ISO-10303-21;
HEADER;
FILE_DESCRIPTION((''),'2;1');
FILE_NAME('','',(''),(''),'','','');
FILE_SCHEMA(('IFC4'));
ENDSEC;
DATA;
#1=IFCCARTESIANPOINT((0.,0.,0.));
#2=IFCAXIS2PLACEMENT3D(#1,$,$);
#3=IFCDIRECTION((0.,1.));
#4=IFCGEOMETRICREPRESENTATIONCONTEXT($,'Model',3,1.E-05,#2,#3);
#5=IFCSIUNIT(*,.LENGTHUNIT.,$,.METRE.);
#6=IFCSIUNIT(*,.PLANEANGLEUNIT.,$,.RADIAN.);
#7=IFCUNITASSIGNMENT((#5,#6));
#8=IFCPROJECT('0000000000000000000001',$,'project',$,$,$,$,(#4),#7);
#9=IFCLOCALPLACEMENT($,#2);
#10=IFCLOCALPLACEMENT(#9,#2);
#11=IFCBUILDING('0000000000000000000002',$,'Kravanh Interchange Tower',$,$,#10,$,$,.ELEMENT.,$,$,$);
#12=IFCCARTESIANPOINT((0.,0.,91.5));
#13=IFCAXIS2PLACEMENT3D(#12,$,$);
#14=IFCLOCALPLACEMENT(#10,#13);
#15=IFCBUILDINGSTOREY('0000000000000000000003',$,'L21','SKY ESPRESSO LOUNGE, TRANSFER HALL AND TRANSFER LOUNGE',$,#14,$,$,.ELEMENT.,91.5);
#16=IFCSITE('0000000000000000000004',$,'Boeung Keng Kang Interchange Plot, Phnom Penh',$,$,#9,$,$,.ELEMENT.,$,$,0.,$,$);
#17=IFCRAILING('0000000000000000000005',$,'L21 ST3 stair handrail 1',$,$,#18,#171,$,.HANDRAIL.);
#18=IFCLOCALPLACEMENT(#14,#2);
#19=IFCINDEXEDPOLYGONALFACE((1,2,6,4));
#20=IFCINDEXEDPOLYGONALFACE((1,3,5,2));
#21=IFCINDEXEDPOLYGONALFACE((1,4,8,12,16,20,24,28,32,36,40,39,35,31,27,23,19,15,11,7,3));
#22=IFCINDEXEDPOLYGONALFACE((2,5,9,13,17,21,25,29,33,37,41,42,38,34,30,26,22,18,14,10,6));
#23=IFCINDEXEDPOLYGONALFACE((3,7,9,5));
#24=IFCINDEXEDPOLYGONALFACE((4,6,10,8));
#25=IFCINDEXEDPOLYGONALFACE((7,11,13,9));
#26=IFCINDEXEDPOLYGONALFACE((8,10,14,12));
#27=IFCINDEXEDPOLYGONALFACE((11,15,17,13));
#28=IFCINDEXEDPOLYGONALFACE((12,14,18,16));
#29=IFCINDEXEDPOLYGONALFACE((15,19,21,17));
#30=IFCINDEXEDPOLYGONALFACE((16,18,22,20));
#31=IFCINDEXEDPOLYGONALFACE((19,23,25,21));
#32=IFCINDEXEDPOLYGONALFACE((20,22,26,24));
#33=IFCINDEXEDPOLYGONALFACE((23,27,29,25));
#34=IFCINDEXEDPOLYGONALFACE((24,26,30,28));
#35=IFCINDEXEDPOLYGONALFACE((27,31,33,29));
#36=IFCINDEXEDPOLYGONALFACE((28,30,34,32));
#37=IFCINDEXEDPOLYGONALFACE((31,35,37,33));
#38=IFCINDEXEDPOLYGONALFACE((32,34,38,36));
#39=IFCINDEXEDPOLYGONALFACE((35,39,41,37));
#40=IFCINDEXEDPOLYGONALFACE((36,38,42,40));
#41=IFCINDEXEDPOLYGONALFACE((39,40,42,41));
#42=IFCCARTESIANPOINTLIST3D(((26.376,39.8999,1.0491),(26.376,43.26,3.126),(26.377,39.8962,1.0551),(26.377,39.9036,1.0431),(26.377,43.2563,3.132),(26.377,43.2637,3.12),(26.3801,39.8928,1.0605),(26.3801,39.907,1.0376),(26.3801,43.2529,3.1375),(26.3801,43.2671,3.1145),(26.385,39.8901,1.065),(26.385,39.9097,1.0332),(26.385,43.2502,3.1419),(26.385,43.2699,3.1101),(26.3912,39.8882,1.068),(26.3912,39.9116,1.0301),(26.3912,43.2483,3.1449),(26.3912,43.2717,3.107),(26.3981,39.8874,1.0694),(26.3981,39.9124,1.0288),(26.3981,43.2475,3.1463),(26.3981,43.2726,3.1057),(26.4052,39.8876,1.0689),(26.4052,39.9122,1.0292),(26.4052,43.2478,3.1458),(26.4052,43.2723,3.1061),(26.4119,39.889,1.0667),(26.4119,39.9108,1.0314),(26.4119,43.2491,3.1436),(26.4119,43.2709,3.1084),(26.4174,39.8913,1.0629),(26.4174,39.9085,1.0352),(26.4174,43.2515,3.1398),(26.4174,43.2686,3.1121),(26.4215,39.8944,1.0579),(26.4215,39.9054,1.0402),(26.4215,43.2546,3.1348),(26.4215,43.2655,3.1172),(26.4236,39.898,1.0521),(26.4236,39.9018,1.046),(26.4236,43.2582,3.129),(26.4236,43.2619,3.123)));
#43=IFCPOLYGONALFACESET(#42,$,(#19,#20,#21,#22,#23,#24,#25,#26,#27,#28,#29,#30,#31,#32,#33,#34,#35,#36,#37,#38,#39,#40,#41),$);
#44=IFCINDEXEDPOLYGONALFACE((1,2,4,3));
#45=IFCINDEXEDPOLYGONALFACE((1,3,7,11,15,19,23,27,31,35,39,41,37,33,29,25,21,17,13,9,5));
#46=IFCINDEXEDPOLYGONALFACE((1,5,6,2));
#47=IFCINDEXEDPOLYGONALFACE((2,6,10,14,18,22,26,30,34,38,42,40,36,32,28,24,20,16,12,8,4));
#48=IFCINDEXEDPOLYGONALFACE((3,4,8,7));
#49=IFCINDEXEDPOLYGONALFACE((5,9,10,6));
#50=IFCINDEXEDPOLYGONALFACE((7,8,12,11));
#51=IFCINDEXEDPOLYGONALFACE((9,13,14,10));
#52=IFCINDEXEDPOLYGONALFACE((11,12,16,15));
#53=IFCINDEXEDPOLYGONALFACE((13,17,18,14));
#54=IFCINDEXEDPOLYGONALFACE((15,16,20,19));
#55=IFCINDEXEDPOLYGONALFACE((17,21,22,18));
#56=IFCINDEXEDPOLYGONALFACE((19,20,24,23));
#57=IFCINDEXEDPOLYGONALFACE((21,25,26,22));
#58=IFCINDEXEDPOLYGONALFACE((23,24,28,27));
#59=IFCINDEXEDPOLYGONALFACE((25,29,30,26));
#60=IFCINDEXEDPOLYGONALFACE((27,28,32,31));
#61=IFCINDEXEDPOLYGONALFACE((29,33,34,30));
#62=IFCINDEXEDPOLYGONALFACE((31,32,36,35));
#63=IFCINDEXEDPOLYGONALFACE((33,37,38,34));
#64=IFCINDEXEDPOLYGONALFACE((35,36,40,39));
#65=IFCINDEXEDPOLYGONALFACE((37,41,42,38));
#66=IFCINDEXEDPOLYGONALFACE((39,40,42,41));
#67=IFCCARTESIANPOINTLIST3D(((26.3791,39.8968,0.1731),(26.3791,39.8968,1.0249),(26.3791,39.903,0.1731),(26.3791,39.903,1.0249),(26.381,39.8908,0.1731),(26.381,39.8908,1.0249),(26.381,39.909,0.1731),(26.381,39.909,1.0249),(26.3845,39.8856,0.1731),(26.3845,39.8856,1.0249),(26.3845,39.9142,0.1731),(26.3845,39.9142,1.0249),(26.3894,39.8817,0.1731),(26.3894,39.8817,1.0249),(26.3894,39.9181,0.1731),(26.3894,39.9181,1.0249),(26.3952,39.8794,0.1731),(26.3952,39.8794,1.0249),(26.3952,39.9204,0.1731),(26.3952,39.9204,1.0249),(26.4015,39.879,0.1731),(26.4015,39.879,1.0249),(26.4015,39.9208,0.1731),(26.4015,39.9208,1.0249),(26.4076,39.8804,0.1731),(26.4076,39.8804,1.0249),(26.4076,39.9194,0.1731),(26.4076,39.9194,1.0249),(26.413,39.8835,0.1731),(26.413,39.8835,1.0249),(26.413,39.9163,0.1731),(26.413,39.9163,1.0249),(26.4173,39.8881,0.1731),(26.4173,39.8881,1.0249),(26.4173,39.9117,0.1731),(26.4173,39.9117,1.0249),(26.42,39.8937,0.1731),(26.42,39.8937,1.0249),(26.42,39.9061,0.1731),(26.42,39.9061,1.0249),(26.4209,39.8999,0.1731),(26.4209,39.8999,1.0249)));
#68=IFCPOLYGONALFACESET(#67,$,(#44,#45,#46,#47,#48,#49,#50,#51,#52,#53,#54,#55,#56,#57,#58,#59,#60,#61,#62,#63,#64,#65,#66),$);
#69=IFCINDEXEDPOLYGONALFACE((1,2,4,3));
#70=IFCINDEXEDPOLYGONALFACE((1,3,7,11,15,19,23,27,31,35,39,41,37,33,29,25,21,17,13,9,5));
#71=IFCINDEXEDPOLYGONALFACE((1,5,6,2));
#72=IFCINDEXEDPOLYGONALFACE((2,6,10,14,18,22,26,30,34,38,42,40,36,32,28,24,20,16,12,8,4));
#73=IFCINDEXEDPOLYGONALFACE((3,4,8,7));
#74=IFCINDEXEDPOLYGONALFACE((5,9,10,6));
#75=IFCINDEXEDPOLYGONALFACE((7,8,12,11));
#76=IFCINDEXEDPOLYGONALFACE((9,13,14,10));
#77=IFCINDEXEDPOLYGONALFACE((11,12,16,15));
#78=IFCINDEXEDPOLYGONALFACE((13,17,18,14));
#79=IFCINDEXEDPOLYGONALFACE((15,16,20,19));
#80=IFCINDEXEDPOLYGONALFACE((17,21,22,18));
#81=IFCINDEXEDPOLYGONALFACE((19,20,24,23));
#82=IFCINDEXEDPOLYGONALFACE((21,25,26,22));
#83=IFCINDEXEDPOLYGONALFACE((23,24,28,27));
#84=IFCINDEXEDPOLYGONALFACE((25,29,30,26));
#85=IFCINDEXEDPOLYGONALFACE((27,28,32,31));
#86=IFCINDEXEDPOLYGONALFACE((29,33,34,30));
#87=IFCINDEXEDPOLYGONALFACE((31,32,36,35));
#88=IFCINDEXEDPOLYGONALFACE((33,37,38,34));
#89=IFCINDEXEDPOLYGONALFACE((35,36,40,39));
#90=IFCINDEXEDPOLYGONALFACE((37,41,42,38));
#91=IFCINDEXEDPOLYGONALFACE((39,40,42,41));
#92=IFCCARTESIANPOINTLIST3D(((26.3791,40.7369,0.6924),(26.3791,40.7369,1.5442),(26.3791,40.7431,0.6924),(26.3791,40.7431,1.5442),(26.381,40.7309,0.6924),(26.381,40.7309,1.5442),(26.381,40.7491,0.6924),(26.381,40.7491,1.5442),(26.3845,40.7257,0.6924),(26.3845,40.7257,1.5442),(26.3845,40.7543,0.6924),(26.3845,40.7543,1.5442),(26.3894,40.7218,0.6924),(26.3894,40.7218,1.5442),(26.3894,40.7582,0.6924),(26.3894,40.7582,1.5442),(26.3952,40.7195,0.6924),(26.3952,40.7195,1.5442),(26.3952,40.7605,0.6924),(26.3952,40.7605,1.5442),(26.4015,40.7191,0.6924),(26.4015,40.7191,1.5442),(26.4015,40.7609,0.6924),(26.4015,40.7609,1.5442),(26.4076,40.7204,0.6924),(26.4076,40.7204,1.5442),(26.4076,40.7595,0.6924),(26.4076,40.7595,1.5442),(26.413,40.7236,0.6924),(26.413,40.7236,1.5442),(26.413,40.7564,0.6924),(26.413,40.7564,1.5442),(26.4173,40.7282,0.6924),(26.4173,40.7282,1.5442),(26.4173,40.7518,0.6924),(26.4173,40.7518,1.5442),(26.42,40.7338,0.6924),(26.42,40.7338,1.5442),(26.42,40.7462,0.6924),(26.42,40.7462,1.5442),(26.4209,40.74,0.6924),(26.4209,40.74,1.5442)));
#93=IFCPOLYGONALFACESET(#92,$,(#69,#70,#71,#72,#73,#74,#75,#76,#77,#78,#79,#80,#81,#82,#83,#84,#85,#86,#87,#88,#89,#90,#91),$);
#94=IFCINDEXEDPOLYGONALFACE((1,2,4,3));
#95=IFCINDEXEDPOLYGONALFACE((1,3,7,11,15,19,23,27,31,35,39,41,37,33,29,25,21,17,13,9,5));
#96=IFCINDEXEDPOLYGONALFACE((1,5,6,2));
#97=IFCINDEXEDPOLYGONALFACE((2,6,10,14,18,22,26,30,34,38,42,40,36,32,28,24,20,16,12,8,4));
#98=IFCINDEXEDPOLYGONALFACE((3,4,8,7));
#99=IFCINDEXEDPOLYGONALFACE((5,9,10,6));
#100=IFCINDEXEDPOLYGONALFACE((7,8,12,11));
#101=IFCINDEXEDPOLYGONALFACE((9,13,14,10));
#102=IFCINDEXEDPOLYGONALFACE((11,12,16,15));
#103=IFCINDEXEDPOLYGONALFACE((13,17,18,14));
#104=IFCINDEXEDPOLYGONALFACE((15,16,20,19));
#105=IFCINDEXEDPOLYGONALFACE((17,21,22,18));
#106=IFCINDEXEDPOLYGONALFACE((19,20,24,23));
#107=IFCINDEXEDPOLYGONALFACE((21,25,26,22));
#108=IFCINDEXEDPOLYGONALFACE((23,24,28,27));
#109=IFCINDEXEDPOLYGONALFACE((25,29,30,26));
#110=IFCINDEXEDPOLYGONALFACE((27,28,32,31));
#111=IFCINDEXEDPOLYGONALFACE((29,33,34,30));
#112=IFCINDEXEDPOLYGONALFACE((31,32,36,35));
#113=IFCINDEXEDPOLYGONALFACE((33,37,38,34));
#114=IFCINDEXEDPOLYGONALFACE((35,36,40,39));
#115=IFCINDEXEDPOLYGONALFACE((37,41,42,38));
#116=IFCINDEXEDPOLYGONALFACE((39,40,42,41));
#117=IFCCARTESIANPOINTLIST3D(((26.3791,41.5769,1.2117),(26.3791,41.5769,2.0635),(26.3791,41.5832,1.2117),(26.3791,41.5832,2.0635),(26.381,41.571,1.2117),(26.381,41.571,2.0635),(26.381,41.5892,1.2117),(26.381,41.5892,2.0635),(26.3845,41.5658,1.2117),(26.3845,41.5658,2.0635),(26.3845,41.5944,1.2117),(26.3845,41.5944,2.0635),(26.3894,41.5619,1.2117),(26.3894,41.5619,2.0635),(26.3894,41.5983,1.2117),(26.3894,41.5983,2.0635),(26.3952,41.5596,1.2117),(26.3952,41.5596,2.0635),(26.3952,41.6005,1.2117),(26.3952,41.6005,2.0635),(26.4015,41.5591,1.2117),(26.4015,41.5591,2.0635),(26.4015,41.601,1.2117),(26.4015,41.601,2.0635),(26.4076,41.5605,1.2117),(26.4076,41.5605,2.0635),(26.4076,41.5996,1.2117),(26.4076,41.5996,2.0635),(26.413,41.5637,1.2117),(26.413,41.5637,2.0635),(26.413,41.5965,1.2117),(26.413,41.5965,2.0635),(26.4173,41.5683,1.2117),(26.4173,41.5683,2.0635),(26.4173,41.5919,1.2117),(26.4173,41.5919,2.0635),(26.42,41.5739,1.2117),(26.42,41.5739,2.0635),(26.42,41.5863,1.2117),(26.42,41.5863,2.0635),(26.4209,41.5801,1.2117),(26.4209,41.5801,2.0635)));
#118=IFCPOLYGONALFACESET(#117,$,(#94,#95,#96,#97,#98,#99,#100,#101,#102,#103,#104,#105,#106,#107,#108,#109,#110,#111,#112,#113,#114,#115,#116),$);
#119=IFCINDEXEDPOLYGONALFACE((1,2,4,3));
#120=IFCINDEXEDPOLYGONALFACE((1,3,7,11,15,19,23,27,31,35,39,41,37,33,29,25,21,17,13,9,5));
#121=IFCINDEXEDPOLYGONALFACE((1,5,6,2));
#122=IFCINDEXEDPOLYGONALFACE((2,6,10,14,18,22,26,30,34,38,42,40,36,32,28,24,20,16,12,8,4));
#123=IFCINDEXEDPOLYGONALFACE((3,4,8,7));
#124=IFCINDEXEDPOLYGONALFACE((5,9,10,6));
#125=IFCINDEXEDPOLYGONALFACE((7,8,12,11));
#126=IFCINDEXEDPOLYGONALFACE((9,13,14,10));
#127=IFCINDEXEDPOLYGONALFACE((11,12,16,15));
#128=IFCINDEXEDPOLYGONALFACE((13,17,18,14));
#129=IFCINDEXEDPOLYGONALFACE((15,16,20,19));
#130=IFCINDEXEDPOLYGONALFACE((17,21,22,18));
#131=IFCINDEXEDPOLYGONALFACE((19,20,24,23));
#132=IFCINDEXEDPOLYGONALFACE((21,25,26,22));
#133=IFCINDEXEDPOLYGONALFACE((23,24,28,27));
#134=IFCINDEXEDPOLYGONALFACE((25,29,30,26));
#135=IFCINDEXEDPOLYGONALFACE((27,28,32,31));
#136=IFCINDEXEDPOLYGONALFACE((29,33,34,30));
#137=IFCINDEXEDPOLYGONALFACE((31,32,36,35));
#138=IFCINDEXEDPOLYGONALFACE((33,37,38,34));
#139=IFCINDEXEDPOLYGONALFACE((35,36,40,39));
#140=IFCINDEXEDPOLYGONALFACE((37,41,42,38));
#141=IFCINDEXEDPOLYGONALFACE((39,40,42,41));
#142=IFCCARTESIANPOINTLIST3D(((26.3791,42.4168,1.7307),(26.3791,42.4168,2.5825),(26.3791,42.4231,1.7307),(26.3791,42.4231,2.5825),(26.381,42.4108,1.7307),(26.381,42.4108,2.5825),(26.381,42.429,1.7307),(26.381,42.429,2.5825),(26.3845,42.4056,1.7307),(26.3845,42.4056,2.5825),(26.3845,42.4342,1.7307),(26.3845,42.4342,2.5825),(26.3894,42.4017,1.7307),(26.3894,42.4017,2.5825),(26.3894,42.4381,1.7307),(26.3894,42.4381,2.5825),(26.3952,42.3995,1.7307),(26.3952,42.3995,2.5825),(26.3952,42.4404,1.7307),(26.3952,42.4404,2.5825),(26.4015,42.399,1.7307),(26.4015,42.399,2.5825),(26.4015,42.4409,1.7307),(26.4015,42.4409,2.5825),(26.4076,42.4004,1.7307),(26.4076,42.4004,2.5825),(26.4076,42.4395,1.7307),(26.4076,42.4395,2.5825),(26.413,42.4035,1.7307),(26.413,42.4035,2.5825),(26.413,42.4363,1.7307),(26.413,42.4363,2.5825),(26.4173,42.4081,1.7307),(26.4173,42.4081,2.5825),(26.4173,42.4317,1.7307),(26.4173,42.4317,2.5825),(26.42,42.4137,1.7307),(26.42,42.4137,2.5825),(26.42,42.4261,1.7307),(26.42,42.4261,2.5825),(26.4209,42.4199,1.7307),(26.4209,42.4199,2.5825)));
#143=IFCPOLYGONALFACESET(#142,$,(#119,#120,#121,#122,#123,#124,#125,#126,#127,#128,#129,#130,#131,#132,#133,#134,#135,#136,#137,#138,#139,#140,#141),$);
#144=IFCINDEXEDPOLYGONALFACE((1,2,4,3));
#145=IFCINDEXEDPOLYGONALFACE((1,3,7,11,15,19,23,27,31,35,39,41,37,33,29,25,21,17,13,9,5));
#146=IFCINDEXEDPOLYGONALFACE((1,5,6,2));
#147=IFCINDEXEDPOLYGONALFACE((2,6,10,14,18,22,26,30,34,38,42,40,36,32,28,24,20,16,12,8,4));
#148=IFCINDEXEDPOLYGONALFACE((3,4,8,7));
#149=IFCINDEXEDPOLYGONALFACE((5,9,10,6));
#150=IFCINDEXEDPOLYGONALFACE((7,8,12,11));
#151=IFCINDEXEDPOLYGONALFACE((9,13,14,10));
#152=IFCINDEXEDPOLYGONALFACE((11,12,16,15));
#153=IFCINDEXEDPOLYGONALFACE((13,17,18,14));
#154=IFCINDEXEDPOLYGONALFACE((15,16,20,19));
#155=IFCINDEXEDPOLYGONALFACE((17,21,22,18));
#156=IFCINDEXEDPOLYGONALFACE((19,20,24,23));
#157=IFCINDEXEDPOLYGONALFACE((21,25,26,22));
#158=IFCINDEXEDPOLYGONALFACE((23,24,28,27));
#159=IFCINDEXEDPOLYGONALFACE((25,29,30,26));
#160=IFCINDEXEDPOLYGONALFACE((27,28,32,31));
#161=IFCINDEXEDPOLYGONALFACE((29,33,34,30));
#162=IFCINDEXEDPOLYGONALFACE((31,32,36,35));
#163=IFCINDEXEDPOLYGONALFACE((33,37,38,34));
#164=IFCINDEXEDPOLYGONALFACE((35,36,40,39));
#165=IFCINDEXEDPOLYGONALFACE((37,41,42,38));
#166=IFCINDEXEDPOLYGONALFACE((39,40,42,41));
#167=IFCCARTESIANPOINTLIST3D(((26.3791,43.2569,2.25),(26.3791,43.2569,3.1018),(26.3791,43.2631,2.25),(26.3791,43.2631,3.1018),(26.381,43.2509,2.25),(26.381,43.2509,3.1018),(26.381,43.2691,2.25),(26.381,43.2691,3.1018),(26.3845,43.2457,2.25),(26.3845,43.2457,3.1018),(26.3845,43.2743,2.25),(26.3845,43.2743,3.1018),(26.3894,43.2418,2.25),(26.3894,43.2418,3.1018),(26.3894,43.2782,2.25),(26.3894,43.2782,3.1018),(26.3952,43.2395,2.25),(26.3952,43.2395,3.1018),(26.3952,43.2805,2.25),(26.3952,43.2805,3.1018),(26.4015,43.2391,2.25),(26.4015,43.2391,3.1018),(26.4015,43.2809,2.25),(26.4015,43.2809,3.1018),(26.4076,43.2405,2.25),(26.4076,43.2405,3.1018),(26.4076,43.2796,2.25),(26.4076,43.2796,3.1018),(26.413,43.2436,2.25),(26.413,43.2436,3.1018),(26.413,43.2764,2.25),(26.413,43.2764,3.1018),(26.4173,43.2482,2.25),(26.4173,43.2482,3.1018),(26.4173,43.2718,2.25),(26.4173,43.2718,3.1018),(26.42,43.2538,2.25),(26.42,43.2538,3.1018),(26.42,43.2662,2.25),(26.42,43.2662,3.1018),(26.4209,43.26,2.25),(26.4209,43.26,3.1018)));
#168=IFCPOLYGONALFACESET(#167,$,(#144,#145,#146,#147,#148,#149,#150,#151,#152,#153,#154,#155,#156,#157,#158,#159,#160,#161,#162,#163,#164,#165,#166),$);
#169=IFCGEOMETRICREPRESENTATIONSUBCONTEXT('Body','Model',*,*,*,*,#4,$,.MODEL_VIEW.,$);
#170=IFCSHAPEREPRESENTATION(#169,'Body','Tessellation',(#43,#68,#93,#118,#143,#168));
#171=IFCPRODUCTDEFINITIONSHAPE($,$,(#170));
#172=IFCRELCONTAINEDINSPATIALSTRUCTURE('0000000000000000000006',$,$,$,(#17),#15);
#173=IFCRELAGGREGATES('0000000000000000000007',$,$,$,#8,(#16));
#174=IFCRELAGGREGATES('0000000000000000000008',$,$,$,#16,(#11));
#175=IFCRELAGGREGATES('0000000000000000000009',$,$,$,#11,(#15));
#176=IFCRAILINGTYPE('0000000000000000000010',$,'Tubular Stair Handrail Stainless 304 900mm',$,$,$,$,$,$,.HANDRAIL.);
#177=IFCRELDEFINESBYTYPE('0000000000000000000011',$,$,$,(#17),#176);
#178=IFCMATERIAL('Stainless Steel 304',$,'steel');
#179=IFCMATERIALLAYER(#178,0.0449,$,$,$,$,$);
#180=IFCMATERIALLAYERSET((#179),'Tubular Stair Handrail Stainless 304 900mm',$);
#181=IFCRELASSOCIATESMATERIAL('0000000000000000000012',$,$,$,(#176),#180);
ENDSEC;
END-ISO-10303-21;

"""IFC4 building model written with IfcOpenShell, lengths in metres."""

from ifc_helpers import new_model, si_unit, direction, frame, origin, origin_2d, place, context, subcontext, project, spatial, circle, extrude, material, layer, layer_set, type_object, element, save


model = new_model("IFC4")

# Units and contexts
model_context = context("Model", 3, precision=1e-05, world=origin(), true_north=direction((0.0, 1.0)))
body_context = subcontext(model_context, "Body", "Model", "MODEL_VIEW")
ifc_project = project(units=[si_unit("LENGTHUNIT", "METRE"), si_unit("PLANEANGLEUNIT", "RADIAN")], contexts=[model_context])

# Site, building, storey
site_placement = place(None, origin())
site = spatial("IfcSite", under=ifc_project, at=site_placement, Name="Boeung Keng Kang Interchange Plot, Phnom Penh", CompositionType="ELEMENT", RefElevation=0.0)
building_placement = place(site_placement, origin())
building = spatial("IfcBuilding", under=site, at=building_placement, Name="Kravanh Interchange Tower", CompositionType="ELEMENT")
storey_placement = place(building_placement, frame((0.0, 0.0, 91.5)))
storey = spatial("IfcBuildingStorey", under=building, at=storey_placement, Name="L21", Description="SKY ESPRESSO LOUNGE, TRANSFER HALL AND TRANSFER LOUNGE", CompositionType="ELEMENT", Elevation=91.5)

# Railing
ifc_material_1 = material(Name="Stainless Steel 304", Category="steel")
ifc_layer_1 = layer(ifc_material_1, 0.0449)
ifc_layer_set_1 = layer_set([ifc_layer_1], Name="Tubular Stair Handrail Stainless 304 900mm")
railing_type_1 = type_object("IfcRailingType", Name="Tubular Stair Handrail Stainless 304 900mm", PredefinedType="HANDRAIL", material=ifc_layer_set_1)
railing_1_placement = place(storey_placement, frame((26.3999, 39.8999, 0.1731)))
element("IfcRailing", 1, at=railing_1_placement, inside=storey, type_object=railing_type_1, Name="L21 ST3 stair handrail 1", PredefinedType="HANDRAIL", context=body_context, shape_type="SweptSolid", body=[
    extrude(circle(Radius=0.0239, at=origin_2d()), frame((0.0, 0.0, 0.876), z_axis=(0.0, 0.850623, 0.525776), x_axis=(-1.0, 0.0, 0.0)), (0.0, 0.0, 1.0), 3.9502),
    extrude(circle(Radius=0.021, at=origin_2d()), origin(), (0.0, 0.0, 1.0), 0.8518),
    extrude(circle(Radius=0.021, at=origin_2d()), frame((0.0, 0.8401, 0.5193)), (0.0, 0.0, 1.0), 0.8518),
    extrude(circle(Radius=0.021, at=origin_2d()), frame((0.0, 1.6802, 1.0386)), (0.0, 0.0, 1.0), 0.8518),
    extrude(circle(Radius=0.021, at=origin_2d()), frame((0.0, 2.52, 1.5576)), (0.0, 0.0, 1.0), 0.8518),
    extrude(circle(Radius=0.021, at=origin_2d()), frame((0.0, 3.3601, 2.0769)), (0.0, 0.0, 1.0), 0.8518),
])

save(model, "model.ifc")
